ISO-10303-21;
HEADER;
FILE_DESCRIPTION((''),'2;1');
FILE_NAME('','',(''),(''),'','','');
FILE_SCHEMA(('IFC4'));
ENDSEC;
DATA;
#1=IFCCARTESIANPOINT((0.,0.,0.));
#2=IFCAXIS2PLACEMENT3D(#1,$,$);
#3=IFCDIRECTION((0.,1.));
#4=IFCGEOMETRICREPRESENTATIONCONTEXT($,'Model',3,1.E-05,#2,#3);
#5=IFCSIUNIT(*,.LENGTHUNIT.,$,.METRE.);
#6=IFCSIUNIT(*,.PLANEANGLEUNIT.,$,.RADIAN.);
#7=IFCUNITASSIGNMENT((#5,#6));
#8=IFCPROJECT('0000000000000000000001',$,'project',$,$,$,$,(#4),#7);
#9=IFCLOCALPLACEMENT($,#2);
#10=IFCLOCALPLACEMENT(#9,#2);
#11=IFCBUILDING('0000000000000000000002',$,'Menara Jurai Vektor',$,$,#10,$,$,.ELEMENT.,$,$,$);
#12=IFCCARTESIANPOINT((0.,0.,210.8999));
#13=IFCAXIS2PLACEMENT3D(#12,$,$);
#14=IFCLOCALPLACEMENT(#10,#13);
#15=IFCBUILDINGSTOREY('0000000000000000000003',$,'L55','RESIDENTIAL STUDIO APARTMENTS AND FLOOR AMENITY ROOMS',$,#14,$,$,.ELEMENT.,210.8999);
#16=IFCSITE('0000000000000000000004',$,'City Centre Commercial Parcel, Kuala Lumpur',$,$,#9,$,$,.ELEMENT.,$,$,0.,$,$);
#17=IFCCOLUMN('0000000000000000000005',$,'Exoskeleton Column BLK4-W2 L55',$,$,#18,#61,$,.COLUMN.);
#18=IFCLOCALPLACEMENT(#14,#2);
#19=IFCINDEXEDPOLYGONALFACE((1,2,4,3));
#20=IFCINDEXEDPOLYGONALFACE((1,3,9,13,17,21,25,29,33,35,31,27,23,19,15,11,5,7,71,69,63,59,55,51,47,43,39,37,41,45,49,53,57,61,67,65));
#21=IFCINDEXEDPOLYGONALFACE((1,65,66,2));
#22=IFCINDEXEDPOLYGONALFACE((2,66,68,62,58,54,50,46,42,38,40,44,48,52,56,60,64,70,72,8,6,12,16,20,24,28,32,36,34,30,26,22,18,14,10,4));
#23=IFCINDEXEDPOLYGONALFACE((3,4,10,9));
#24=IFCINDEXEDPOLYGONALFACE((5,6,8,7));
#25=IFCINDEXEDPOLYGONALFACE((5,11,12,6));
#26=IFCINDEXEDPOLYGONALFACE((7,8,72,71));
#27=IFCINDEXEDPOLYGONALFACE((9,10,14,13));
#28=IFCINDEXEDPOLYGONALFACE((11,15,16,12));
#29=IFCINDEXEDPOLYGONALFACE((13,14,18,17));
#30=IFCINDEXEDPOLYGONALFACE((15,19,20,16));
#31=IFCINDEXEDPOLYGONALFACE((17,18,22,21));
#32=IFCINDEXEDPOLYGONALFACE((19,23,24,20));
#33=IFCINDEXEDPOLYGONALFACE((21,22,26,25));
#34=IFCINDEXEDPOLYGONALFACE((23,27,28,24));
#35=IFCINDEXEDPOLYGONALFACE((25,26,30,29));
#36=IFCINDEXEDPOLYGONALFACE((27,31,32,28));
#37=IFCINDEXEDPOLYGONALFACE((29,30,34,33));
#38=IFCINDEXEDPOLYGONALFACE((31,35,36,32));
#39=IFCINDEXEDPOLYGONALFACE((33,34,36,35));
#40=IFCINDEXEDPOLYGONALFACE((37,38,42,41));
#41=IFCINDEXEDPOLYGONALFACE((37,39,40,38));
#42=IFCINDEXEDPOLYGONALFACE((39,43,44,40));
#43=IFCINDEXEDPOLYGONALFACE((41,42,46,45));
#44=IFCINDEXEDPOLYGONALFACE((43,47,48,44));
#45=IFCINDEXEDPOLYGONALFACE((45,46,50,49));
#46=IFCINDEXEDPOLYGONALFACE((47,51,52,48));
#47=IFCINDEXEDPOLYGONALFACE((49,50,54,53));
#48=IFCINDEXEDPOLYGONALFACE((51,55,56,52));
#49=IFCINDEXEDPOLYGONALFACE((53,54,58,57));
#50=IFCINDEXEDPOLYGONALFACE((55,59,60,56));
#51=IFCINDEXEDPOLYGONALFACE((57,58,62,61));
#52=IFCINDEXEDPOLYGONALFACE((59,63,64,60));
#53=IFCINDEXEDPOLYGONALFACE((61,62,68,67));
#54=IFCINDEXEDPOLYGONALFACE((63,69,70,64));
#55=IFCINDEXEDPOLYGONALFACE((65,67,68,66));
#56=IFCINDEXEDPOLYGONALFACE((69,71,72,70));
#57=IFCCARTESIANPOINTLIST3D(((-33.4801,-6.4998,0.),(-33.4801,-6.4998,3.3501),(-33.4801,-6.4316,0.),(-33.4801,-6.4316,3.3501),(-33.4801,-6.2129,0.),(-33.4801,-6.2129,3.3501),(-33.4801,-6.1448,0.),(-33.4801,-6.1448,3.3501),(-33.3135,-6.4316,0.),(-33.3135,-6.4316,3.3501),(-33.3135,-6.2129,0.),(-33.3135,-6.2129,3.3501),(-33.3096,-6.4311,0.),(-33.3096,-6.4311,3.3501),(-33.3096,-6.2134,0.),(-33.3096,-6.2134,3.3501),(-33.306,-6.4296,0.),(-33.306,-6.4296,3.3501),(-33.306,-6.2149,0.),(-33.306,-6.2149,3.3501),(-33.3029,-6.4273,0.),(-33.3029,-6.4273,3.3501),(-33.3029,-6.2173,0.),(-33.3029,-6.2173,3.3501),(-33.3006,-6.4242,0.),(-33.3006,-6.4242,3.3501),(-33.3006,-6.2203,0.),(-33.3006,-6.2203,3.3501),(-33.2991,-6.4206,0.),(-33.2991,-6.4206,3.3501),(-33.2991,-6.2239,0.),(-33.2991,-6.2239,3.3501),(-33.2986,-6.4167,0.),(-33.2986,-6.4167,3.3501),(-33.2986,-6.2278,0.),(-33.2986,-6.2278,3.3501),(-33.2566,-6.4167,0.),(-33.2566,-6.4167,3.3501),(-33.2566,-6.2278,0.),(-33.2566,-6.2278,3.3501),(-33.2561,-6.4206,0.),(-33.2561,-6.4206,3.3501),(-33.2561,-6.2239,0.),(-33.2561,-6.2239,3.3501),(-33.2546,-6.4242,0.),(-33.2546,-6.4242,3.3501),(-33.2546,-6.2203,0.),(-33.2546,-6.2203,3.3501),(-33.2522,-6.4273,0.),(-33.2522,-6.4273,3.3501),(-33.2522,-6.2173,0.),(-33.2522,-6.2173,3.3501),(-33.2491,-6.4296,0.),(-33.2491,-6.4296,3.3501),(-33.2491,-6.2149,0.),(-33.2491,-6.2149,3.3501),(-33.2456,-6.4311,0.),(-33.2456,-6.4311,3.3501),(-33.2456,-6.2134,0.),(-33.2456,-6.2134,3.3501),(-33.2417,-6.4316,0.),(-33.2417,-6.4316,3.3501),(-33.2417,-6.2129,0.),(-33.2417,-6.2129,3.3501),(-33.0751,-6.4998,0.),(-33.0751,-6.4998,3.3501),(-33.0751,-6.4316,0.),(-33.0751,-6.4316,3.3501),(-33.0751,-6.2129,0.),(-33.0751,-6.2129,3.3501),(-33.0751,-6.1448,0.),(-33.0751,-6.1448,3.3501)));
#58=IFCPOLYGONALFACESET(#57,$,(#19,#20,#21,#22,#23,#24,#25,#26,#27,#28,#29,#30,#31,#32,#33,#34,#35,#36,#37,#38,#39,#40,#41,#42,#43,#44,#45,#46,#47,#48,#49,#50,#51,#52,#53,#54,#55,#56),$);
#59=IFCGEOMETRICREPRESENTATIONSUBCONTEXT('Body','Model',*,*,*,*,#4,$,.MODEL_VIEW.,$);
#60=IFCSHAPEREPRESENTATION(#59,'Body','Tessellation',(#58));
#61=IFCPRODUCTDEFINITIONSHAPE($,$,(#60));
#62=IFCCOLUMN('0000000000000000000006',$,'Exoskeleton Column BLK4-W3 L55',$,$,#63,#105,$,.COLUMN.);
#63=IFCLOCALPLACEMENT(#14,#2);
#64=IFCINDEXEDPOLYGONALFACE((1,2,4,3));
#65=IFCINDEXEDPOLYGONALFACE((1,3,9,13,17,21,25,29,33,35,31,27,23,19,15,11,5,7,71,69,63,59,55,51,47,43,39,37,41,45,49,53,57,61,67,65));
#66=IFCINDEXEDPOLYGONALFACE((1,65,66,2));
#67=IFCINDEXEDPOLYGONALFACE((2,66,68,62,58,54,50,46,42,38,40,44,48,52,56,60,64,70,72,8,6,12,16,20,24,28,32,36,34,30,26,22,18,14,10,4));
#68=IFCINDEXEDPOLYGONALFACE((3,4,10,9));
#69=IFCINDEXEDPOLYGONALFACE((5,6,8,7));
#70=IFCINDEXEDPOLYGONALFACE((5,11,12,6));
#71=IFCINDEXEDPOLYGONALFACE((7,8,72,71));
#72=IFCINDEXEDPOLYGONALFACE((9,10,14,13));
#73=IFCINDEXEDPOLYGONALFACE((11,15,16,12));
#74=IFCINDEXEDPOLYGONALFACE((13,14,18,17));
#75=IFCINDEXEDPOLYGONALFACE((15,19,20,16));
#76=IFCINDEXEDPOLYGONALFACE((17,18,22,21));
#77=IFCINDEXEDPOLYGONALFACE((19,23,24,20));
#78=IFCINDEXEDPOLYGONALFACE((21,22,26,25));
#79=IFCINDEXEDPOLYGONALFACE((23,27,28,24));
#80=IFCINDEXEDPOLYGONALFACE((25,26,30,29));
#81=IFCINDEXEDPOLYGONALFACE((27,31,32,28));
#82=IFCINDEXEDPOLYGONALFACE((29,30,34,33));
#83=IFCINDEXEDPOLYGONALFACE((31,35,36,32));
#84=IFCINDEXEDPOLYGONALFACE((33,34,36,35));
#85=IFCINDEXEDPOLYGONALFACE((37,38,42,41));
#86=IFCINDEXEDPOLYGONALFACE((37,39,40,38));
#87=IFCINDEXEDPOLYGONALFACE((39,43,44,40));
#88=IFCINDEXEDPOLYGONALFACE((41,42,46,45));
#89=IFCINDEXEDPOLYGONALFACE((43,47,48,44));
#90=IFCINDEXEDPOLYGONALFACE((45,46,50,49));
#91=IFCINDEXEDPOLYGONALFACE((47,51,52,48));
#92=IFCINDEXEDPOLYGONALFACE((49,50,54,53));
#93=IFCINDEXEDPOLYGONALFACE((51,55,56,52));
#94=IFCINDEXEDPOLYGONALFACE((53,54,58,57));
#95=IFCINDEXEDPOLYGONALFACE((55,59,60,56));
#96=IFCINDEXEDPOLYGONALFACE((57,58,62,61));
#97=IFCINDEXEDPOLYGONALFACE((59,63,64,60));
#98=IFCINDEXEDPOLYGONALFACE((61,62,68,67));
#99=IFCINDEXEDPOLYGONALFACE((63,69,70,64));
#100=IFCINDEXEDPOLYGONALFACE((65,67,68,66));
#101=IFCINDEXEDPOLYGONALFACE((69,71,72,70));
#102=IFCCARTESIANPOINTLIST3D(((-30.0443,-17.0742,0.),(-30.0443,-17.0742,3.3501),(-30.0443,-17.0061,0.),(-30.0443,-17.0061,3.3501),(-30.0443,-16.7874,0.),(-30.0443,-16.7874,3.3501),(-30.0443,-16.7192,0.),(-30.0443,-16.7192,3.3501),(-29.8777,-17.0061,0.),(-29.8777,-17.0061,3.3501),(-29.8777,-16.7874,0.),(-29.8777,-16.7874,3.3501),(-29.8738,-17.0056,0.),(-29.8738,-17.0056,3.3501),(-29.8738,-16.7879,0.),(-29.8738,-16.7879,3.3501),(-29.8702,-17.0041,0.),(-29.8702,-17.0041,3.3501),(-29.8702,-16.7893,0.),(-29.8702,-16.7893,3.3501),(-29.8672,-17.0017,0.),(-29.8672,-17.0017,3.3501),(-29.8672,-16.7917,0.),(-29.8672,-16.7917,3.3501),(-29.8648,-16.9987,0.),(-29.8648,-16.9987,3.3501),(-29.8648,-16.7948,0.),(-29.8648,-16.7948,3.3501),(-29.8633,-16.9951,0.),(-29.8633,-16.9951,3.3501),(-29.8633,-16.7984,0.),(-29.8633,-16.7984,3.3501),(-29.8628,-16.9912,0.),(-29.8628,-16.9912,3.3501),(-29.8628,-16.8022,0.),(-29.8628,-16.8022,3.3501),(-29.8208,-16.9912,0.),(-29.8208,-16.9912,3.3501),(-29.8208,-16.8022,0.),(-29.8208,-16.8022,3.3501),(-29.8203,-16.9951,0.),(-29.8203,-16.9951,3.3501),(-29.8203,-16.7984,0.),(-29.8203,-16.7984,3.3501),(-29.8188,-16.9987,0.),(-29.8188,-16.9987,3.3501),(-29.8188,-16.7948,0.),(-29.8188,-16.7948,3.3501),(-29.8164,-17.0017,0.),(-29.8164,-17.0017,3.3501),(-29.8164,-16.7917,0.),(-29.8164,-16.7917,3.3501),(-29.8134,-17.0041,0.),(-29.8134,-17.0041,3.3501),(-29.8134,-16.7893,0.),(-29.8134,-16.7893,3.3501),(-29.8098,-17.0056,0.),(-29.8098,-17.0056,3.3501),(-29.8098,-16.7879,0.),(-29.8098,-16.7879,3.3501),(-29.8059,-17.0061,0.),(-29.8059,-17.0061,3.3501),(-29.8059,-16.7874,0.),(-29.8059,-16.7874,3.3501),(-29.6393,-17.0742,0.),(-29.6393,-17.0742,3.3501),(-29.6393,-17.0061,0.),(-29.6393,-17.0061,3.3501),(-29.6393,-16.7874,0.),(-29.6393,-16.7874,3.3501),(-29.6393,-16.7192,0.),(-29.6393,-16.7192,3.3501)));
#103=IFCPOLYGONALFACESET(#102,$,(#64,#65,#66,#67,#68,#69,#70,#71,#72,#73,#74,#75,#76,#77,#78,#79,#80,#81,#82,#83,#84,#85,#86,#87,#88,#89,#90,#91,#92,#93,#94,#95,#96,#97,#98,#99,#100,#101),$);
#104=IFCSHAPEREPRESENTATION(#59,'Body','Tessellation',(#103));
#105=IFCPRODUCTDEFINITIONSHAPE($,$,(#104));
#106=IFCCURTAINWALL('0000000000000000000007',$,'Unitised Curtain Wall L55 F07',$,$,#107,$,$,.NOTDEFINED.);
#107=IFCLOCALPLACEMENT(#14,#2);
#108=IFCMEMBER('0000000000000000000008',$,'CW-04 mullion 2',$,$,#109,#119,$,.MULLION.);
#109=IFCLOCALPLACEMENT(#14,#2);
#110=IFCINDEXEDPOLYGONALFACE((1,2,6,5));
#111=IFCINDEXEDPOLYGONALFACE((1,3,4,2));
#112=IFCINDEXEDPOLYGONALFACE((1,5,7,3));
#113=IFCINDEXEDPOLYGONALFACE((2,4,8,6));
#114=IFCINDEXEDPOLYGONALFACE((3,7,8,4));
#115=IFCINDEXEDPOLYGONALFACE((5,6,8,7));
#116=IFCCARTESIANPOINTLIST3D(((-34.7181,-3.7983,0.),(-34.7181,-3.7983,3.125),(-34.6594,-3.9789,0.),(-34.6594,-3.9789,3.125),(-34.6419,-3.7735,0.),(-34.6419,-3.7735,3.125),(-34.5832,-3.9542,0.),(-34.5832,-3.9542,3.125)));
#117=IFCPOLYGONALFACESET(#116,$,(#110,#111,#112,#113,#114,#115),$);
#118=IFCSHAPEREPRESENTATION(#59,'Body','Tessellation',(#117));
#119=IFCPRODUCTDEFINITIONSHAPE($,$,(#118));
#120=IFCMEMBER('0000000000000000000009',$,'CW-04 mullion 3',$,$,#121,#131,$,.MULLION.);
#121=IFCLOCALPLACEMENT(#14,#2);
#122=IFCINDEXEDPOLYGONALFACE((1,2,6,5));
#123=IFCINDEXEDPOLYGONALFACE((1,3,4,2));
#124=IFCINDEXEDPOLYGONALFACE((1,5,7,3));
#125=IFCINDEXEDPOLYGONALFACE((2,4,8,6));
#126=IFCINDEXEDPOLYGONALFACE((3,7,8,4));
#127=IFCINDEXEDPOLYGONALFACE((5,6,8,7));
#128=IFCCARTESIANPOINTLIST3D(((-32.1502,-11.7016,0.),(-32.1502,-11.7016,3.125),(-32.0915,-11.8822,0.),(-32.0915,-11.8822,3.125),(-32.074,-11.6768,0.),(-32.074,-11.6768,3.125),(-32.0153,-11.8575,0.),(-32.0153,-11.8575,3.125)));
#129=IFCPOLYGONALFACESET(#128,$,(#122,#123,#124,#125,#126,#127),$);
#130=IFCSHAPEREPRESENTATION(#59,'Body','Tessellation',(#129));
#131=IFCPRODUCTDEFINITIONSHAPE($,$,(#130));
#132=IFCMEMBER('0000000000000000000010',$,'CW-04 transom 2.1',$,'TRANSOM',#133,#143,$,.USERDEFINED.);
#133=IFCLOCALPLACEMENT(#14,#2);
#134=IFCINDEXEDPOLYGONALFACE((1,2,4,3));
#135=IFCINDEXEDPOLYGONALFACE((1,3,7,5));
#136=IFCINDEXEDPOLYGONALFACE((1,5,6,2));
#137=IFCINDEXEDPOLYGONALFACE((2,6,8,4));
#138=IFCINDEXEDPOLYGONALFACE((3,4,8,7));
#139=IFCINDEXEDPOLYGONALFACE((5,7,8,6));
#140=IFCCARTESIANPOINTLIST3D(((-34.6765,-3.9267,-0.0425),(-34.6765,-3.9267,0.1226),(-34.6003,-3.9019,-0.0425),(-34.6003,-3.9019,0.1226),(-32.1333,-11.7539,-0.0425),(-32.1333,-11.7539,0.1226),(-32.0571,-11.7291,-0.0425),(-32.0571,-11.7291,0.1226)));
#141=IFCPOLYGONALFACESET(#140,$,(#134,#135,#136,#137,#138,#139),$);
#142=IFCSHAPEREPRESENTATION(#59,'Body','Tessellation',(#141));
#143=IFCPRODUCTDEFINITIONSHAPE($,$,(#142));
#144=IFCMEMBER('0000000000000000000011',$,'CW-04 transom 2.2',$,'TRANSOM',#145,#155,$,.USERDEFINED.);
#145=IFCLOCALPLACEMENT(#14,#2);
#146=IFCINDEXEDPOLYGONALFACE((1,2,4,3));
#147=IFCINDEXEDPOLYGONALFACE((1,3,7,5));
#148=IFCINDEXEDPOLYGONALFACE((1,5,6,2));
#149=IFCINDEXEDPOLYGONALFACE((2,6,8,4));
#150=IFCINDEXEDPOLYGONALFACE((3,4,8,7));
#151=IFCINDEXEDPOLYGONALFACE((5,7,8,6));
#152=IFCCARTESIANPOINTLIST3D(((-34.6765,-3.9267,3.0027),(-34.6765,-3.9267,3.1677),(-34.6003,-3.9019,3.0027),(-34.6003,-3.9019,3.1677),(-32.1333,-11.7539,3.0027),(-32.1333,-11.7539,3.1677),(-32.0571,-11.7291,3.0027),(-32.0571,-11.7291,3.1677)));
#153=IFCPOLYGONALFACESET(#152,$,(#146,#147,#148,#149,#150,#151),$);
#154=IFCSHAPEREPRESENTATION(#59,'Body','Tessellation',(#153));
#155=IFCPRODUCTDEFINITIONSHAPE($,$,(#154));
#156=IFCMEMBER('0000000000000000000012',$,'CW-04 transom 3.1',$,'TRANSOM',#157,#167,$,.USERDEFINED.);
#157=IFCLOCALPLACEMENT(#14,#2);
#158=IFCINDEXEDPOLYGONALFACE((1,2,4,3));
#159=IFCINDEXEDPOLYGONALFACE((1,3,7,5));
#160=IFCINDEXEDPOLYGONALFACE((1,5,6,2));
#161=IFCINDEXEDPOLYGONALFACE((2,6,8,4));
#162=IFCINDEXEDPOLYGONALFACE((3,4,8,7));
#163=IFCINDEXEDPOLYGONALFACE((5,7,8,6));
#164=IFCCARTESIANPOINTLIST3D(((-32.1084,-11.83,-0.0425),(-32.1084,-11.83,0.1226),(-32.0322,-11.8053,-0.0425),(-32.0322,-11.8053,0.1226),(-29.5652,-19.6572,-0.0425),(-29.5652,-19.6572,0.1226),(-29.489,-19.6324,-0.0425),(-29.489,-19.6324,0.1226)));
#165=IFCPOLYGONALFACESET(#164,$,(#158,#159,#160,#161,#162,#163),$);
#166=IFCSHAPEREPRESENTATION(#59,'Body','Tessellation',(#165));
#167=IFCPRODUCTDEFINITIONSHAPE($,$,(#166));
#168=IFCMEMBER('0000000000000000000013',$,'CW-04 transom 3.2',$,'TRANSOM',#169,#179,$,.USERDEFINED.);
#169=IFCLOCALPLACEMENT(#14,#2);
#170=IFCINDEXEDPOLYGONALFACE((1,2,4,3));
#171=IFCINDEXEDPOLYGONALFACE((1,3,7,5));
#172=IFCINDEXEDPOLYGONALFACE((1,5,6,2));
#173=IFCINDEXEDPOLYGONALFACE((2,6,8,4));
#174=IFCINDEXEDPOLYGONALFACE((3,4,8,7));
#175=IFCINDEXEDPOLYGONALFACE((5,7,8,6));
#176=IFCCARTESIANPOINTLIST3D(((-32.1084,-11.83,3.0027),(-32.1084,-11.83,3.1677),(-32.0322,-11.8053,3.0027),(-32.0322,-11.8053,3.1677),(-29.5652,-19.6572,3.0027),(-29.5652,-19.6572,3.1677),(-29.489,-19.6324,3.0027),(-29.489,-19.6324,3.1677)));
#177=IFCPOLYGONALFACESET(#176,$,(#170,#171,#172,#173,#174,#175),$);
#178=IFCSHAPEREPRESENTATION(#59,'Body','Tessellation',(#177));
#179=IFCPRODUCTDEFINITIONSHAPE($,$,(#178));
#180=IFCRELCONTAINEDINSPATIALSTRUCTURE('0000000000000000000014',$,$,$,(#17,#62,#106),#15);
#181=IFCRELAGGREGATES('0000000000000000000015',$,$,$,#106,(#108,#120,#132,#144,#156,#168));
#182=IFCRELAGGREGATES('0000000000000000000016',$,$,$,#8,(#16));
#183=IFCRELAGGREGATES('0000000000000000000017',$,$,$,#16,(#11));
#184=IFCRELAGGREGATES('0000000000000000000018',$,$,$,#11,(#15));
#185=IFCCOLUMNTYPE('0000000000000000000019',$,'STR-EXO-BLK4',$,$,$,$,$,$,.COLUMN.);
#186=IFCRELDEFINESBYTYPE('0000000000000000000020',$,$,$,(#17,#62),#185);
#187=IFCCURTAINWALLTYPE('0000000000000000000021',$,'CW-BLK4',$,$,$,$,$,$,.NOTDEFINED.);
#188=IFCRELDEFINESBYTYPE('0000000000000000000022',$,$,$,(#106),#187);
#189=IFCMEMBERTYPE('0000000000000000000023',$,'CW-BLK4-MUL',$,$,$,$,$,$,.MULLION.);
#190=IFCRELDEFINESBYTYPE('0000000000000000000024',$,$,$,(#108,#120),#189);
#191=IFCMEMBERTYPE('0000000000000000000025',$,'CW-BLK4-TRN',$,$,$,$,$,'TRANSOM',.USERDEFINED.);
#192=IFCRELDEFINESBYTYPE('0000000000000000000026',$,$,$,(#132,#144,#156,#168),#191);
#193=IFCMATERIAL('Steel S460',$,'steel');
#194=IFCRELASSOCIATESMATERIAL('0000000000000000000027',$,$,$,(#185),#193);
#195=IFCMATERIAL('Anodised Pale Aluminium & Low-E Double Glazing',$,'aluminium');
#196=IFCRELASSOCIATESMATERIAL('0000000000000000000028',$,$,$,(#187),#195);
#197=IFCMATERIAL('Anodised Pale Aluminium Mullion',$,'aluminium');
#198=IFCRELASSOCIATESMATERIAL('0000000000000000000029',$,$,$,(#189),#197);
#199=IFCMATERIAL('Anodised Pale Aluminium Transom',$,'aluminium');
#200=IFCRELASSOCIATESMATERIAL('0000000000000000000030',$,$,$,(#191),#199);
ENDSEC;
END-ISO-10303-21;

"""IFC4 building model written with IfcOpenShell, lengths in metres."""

from ifc_helpers import new_model, si_unit, direction, frame, origin, origin_2d, place, context, subcontext, project, spatial, rectangle, i_section, extrude, material, material_profile, profile_set, type_object, element, aggregate, save


model = new_model("IFC4")

# Units and contexts
model_context = context("Model", 3, precision=1e-05, world=origin(), true_north=direction((0.0, 1.0)))
body_context = subcontext(model_context, "Body", "Model", "MODEL_VIEW")
ifc_project = project(units=[si_unit("LENGTHUNIT", "METRE"), si_unit("PLANEANGLEUNIT", "RADIAN")], contexts=[model_context])

# Site, building, storey
site_placement = place(None, origin())
site = spatial("IfcSite", under=ifc_project, at=site_placement, Name="City Centre Commercial Parcel, Kuala Lumpur", CompositionType="ELEMENT", RefElevation=0.0)
building_placement = place(site_placement, origin())
building = spatial("IfcBuilding", under=site, at=building_placement, Name="Menara Jurai Vektor", CompositionType="ELEMENT")
storey_placement = place(building_placement, frame((0.0, 0.0, 210.8999)))
storey = spatial("IfcBuildingStorey", under=building, at=storey_placement, Name="L55", Description="RESIDENTIAL STUDIO APARTMENTS AND FLOOR AMENITY ROOMS", CompositionType="ELEMENT", Elevation=210.8999)

# Columns
ifc_material_1 = material(Name="Steel S460", Category="steel")
ifc_material_profile_1 = material_profile(ifc_material_1, i_section(OverallWidth=0.405, OverallDepth=0.355, WebThickness=0.042, FlangeThickness=0.0681, FilletRadius=0.0149, at=origin_2d()), Name="HD 400x551")
ifc_profile_set_1 = profile_set([ifc_material_profile_1], Name="Steel S460")
column_type = type_object("IfcColumnType", Name="STR-EXO-BLK4", PredefinedType="COLUMN", material=ifc_profile_set_1)
for number, where, z_axis, x_axis, name in (
    (1, (-33.2776, -6.3223, 0.0), (0.0, 0.0, 1.0), (1.0, 0.0, 0.0), "Exoskeleton Column BLK4-W2 L55"),
    (2, (-29.8418, -16.8967, 0.0), (0.0, 0.0, 1.0), (1.0, 0.0, 0.0), "Exoskeleton Column BLK4-W3 L55"),
):
    element("IfcColumn", number, at=place(storey_placement, frame(where, z_axis=z_axis, x_axis=x_axis)), inside=storey, type_object=column_type, Name=name, PredefinedType="COLUMN", context=body_context, shape_type="SweptSolid", body=[
        extrude(i_section(OverallWidth=0.405, OverallDepth=0.355, WebThickness=0.042, FlangeThickness=0.0681, FilletRadius=0.0149, at=origin_2d()), origin(), (0.0, 0.0, 1.0), 3.3501),
    ])

# Curtain wall, members
ifc_material_2 = material(Name="Anodised Pale Aluminium & Low-E Double Glazing", Category="aluminium")
curtain_wall_type = type_object("IfcCurtainWallType", Name="CW-BLK4", PredefinedType="NOTDEFINED", material=ifc_material_2)
curtain_wall_placement = place(storey_placement, origin())
curtain_wall = element("IfcCurtainWall", 3, at=curtain_wall_placement, inside=storey, type_object=curtain_wall_type, Name="Unitised Curtain Wall L55 F07", PredefinedType="NOTDEFINED")
ifc_material_3 = material(Name="Anodised Pale Aluminium Mullion", Category="aluminium")
ifc_material_profile_2 = material_profile(ifc_material_3, rectangle(XDim=0.0801, YDim=0.1899, at=origin_2d()), Name="ALU MUL 80x190")
ifc_profile_set_2 = profile_set([ifc_material_profile_2], Name="Anodised Pale Aluminium Mullion")
member_type_1 = type_object("IfcMemberType", Name="CW-BLK4-MUL", PredefinedType="MULLION", material=ifc_profile_set_2)
member_1_placement = place(storey_placement, frame((-34.6506, -3.8762, 0.0), z_axis=(0.0, 0.0, 1.0), x_axis=(0.951057, 0.309016, 0.0)))
member_1 = element("IfcMember", 4, at=member_1_placement, type_object=member_type_1, Name="CW-04 mullion 2", PredefinedType="MULLION", context=body_context, shape_type="SweptSolid", body=[
    extrude(rectangle(XDim=0.0801, YDim=0.1899, at=origin_2d()), origin(), (0.0, 0.0, 1.0), 3.125),
])
member_2_placement = place(storey_placement, frame((-32.0828, -11.7795, 0.0), z_axis=(0.0, 0.0, 1.0), x_axis=(0.951057, 0.309016, 0.0)))
member_2 = element("IfcMember", 5, at=member_2_placement, type_object=member_type_1, Name="CW-04 mullion 3", PredefinedType="MULLION", context=body_context, shape_type="SweptSolid", body=[
    extrude(rectangle(XDim=0.0801, YDim=0.1899, at=origin_2d()), origin(), (0.0, 0.0, 1.0), 3.125),
])
ifc_material_4 = material(Name="Anodised Pale Aluminium Transom", Category="aluminium")
ifc_material_profile_3 = material_profile(ifc_material_4, rectangle(XDim=0.0801, YDim=0.165, at=origin_2d()), Name="ALU TRN 80x165")
ifc_profile_set_3 = profile_set([ifc_material_profile_3], Name="Anodised Pale Aluminium Transom")
member_type_2 = type_object("IfcMemberType", Name="CW-BLK4-TRN", ElementType="TRANSOM", PredefinedType="USERDEFINED", material=ifc_profile_set_3)
member_3_placement = place(storey_placement, frame((-34.6384, -3.9143, 0.04), z_axis=(0.309019, -0.951056, 0.0), x_axis=(0.951056, 0.309019, 0.0)))
member_3 = element("IfcMember", 6, at=member_3_placement, type_object=member_type_2, Name="CW-04 transom 2.1", ObjectType="TRANSOM", PredefinedType="USERDEFINED", context=body_context, shape_type="SweptSolid", body=[
    extrude(rectangle(XDim=0.0801, YDim=0.165, at=origin_2d()), origin(), (0.0, 0.0, 1.0), 8.23),
])
member_4_placement = place(storey_placement, frame((-34.6384, -3.9143, 3.0852), z_axis=(0.309019, -0.951056, 0.0), x_axis=(0.951056, 0.309019, 0.0)))
member_4 = element("IfcMember", 7, at=member_4_placement, type_object=member_type_2, Name="CW-04 transom 2.2", ObjectType="TRANSOM", PredefinedType="USERDEFINED", context=body_context, shape_type="SweptSolid", body=[
    extrude(rectangle(XDim=0.0801, YDim=0.165, at=origin_2d()), origin(), (0.0, 0.0, 1.0), 8.23),
])
member_5_placement = place(storey_placement, frame((-32.0703, -11.8176, 0.04), z_axis=(0.309019, -0.951056, 0.0), x_axis=(0.951056, 0.309019, 0.0)))
member_5 = element("IfcMember", 8, at=member_5_placement, type_object=member_type_2, Name="CW-04 transom 3.1", ObjectType="TRANSOM", PredefinedType="USERDEFINED", context=body_context, shape_type="SweptSolid", body=[
    extrude(rectangle(XDim=0.0801, YDim=0.165, at=origin_2d()), origin(), (0.0, 0.0, 1.0), 8.23),
])
member_6_placement = place(storey_placement, frame((-32.0703, -11.8176, 3.0852), z_axis=(0.309019, -0.951056, 0.0), x_axis=(0.951056, 0.309019, 0.0)))
member_6 = element("IfcMember", 9, at=member_6_placement, type_object=member_type_2, Name="CW-04 transom 3.2", ObjectType="TRANSOM", PredefinedType="USERDEFINED", context=body_context, shape_type="SweptSolid", body=[
    extrude(rectangle(XDim=0.0801, YDim=0.165, at=origin_2d()), origin(), (0.0, 0.0, 1.0), 8.23),
])

aggregate(curtain_wall, [member_1, member_2, member_3, member_4, member_5, member_6])

save(model, "model.ifc")
